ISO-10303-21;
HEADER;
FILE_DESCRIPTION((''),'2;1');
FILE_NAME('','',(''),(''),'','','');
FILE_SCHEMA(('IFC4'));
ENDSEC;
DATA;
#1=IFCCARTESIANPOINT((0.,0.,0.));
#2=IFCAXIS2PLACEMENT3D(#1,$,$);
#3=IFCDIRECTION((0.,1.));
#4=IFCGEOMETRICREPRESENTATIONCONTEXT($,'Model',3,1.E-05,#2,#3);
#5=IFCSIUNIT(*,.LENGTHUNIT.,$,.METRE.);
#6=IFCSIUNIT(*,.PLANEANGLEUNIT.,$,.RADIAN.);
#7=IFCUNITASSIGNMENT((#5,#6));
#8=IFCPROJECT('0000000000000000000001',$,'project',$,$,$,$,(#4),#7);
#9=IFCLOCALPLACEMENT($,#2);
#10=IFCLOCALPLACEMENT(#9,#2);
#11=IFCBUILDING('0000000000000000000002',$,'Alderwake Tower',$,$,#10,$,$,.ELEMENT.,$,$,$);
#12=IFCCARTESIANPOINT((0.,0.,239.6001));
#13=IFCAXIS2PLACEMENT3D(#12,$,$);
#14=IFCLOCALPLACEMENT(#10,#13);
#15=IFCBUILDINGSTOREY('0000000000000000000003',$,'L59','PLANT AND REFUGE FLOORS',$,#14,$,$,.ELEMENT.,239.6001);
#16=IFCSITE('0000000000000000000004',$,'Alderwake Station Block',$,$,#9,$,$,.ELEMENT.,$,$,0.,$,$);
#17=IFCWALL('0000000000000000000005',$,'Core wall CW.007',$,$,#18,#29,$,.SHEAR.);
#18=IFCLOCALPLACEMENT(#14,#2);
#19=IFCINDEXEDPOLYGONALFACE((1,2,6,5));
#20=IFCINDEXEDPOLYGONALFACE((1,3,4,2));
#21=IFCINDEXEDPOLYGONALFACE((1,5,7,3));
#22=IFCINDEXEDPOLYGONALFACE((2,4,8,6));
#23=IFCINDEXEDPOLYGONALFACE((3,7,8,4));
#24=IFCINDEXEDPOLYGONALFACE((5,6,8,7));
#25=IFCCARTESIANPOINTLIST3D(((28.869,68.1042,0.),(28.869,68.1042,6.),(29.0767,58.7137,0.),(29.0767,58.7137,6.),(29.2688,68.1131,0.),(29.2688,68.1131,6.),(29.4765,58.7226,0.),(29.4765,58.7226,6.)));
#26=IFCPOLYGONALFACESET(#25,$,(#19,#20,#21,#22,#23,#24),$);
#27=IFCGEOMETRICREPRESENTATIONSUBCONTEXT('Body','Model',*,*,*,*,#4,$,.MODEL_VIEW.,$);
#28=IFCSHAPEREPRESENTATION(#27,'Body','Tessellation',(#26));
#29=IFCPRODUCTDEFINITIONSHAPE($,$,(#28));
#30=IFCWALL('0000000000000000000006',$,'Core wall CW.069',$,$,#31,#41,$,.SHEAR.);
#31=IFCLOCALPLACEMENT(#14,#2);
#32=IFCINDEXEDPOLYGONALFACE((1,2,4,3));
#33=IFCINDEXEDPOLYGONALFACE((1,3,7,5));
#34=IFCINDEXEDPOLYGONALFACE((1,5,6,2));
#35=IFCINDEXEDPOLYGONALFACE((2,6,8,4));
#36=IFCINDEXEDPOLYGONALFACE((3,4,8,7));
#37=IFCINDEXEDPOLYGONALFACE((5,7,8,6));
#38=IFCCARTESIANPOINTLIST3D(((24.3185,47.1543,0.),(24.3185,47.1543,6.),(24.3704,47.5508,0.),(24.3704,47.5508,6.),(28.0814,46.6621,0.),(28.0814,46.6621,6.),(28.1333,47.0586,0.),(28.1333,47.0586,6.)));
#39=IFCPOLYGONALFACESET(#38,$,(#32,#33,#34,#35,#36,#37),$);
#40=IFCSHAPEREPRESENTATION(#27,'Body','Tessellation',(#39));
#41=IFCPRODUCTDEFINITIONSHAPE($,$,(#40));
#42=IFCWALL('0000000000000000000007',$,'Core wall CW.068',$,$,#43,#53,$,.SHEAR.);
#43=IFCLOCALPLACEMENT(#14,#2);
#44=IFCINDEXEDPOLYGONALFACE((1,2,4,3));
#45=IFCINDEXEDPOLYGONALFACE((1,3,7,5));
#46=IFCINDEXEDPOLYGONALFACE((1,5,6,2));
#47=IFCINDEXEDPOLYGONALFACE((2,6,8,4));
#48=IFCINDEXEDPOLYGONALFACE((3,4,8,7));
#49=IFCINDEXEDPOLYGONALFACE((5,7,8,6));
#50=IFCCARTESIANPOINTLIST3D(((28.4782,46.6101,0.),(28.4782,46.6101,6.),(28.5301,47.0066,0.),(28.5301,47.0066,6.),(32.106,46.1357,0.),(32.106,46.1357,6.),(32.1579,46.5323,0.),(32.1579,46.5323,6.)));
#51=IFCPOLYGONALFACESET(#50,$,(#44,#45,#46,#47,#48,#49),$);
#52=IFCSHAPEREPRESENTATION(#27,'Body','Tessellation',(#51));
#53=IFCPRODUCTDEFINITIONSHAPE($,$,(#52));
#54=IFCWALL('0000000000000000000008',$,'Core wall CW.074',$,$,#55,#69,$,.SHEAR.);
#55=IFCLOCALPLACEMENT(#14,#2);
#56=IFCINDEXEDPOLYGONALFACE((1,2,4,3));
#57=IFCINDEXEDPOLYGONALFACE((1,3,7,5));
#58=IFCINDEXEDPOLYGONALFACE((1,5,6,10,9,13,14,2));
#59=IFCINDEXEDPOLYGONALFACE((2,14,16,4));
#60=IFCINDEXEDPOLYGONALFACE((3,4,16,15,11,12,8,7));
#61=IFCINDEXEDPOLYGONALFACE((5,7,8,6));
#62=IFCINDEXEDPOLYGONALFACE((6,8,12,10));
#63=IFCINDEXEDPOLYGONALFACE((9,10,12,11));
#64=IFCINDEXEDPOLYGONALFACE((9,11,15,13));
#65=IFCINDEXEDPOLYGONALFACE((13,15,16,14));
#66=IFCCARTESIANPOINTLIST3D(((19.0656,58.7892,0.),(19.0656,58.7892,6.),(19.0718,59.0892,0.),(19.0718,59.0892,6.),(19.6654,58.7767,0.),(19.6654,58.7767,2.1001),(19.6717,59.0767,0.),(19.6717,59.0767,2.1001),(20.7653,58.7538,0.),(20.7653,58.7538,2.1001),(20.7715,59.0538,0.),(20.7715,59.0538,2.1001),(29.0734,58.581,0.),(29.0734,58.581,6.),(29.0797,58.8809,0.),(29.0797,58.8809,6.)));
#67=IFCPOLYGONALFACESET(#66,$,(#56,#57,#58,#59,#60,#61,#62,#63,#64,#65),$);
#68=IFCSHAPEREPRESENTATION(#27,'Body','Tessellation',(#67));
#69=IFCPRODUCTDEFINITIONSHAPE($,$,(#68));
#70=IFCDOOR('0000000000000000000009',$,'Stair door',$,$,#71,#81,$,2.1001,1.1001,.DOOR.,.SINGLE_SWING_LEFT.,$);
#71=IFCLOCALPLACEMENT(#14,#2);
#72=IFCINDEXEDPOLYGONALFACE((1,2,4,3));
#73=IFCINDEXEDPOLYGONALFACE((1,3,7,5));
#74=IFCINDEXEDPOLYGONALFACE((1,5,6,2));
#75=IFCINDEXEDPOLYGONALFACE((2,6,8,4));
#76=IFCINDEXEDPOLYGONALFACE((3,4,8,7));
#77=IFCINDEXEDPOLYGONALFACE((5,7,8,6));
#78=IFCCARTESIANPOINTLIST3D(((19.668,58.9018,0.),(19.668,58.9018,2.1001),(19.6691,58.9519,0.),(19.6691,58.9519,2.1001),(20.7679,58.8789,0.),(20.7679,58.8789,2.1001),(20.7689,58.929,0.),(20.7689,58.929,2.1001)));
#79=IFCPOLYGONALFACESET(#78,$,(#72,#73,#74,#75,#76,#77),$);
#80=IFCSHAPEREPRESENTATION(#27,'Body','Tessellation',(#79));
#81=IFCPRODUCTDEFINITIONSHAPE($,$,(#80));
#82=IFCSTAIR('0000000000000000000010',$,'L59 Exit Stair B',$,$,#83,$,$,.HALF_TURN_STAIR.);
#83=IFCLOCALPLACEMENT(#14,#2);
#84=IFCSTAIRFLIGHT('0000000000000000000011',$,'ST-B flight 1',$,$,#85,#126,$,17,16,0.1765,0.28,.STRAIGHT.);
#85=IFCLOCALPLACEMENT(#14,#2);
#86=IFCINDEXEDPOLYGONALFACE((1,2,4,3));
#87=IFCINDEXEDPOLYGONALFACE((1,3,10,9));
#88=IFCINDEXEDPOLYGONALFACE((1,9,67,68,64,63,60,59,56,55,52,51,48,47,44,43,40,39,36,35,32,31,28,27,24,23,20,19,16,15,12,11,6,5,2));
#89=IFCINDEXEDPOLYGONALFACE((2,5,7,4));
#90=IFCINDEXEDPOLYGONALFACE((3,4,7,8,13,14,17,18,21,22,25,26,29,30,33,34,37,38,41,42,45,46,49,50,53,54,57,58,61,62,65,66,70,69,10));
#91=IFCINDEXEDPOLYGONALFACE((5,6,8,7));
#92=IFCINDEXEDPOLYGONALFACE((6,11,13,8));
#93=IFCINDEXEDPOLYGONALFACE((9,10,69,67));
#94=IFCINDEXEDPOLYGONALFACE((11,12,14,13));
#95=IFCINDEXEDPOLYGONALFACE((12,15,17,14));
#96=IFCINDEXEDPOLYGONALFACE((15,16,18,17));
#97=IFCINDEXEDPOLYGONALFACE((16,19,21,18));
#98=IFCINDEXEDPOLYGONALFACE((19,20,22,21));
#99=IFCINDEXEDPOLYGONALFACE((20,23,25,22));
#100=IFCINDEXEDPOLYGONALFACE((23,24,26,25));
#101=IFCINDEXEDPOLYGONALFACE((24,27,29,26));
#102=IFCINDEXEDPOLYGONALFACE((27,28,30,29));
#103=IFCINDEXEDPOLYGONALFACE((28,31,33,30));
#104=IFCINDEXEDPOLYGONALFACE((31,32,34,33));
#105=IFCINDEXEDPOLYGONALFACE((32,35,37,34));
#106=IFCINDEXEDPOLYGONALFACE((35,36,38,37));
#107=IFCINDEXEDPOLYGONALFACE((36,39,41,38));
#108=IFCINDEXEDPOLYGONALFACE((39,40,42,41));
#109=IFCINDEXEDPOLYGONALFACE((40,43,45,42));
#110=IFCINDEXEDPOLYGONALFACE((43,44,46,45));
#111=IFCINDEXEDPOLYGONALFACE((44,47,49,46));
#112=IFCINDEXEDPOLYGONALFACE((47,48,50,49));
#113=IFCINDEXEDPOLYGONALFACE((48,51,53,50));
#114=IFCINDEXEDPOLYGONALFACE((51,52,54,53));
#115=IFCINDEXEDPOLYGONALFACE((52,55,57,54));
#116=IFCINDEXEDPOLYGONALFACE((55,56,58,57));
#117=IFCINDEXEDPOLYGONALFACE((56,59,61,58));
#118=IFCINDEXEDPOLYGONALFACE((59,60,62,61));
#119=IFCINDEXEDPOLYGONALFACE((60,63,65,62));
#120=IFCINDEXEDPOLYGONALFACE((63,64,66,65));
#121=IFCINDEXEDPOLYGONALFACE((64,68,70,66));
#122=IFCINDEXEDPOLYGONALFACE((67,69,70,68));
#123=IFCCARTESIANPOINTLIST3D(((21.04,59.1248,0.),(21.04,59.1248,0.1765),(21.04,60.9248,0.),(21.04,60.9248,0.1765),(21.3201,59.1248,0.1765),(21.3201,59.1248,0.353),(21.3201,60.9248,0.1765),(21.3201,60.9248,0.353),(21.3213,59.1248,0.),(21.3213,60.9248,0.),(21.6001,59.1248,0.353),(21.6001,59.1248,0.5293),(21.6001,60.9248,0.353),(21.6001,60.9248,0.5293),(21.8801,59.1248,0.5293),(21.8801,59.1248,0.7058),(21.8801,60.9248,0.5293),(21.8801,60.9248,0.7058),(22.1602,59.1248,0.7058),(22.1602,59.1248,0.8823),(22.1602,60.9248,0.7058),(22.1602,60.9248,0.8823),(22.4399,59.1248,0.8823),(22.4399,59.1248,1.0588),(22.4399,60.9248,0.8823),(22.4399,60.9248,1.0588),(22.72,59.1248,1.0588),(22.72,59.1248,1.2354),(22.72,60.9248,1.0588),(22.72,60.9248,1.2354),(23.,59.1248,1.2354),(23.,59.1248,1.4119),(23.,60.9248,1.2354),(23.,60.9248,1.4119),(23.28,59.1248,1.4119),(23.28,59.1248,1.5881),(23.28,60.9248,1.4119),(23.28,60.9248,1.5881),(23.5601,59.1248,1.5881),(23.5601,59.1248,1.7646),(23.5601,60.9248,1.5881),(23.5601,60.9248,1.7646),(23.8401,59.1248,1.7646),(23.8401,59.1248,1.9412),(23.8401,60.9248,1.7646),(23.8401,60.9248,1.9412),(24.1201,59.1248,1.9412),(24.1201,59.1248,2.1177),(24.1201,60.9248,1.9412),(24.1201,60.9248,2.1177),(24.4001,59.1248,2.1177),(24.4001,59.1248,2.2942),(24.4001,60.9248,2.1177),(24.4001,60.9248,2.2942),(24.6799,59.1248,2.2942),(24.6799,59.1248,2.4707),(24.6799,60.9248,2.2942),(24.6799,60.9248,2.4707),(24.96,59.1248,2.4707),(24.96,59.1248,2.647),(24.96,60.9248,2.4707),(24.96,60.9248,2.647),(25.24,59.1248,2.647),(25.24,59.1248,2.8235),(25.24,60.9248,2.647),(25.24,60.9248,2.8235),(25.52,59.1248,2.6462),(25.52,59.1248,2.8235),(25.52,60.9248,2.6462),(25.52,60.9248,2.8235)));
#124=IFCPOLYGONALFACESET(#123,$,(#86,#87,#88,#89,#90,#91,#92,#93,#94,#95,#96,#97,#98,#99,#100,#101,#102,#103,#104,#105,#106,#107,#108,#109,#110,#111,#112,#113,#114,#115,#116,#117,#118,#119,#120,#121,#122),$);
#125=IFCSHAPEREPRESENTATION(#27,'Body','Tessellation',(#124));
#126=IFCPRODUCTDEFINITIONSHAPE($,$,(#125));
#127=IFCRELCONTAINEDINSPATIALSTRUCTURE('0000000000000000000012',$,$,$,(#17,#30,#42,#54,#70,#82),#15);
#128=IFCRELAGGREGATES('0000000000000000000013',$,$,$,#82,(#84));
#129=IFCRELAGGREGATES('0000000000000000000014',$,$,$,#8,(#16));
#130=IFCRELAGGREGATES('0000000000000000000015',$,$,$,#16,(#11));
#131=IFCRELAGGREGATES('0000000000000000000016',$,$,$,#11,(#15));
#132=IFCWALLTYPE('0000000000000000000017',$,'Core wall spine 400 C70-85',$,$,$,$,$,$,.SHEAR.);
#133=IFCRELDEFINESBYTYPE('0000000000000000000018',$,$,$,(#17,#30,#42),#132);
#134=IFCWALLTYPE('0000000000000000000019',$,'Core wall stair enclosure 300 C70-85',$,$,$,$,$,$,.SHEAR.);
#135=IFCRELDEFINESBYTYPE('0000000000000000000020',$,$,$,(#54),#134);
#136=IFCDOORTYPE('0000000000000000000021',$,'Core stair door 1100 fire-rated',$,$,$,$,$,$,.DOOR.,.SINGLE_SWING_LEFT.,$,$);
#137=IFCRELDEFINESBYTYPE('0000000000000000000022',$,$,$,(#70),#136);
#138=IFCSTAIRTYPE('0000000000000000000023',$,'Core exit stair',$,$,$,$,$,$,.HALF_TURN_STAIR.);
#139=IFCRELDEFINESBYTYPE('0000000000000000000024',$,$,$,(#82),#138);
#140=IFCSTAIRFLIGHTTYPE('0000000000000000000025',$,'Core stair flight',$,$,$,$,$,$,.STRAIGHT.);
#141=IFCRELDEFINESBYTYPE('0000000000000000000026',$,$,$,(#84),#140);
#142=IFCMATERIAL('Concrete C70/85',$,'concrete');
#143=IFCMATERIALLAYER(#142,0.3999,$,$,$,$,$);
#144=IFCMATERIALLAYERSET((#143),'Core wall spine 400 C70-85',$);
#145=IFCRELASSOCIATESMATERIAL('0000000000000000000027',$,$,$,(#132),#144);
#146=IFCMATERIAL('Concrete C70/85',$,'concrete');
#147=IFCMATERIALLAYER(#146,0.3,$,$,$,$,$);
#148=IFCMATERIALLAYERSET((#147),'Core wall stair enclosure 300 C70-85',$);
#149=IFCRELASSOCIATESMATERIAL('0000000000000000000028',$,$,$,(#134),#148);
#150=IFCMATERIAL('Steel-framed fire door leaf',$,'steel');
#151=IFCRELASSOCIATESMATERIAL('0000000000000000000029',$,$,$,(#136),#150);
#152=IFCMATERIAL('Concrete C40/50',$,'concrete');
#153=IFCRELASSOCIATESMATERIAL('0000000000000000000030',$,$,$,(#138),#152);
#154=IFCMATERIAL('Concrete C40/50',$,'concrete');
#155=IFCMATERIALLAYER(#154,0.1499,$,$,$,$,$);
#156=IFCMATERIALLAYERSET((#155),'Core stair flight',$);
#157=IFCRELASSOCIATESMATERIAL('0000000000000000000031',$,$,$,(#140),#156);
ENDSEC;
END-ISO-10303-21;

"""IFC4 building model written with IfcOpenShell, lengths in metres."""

from ifc_helpers import new_model, si_unit, direction, frame, frame_2d, origin, place, context, subcontext, project, spatial, polyline, rectangle, outline, extrude, material, layer, layer_set, type_object, element, fill, aggregate, save


model = new_model("IFC4")

# Units and contexts
model_context = context("Model", 3, precision=1e-05, world=origin(), true_north=direction((0.0, 1.0)))
body_context = subcontext(model_context, "Body", "Model", "MODEL_VIEW")
ifc_project = project(units=[si_unit("LENGTHUNIT", "METRE"), si_unit("PLANEANGLEUNIT", "RADIAN")], contexts=[model_context])

# Site, building, storey
site_placement = place(None, origin())
site = spatial("IfcSite", under=ifc_project, at=site_placement, Name="Alderwake Station Block", CompositionType="ELEMENT", RefElevation=0.0)
building_placement = place(site_placement, origin())
building = spatial("IfcBuilding", under=site, at=building_placement, Name="Alderwake Tower", CompositionType="ELEMENT")
storey_placement = place(building_placement, frame((0.0, 0.0, 239.6001)))
storey = spatial("IfcBuildingStorey", under=building, at=storey_placement, Name="L59", Description="PLANT AND REFUGE FLOORS", CompositionType="ELEMENT", Elevation=239.6001)

# Shared definitions
ifc_material_1 = material(Name="Concrete C70/85", Category="concrete")
ifc_layer_1 = layer(ifc_material_1, 0.3999)
ifc_layer_set_1 = layer_set([ifc_layer_1], Name="Core wall spine 400 C70-85")
wall_type_1 = type_object("IfcWallType", Name="Core wall spine 400 C70-85", PredefinedType="SHEAR", material=ifc_layer_set_1)

# Walls
wall_1_placement = place(storey_placement, frame((29.2766, 58.7183, 0.0), z_axis=(0.0, 0.0, 1.0), x_axis=(-0.022119, 0.999755, 0.0)))
element("IfcWall", 1, at=wall_1_placement, inside=storey, type_object=wall_type_1, Name="Core wall CW.007", PredefinedType="SHEAR", context=body_context, shape_type="SweptSolid", body=[
    extrude(rectangle(XDim=9.3928, YDim=0.3999, at=frame_2d((4.6963, 0.0))), origin(), (0.0, 0.0, 1.0), 6.0),
])
wall_2_placement = place(storey_placement, frame((24.3445, 47.3525, 0.0), z_axis=(0.0, 0.0, 1.0), x_axis=(0.991554, -0.129694, 0.0)))
element("IfcWall", 2, at=wall_2_placement, inside=storey, type_object=wall_type_1, Name="Core wall CW.069", PredefinedType="SHEAR", context=body_context, shape_type="SweptSolid", body=[
    extrude(rectangle(XDim=3.7949, YDim=0.3999, at=frame_2d((1.8975, 0.0))), origin(), (0.0, 0.0, 1.0), 6.0),
])
wall_3_placement = place(storey_placement, frame((28.5042, 46.8083, 0.0), z_axis=(0.0, 0.0, 1.0), x_axis=(0.99156, -0.12965, 0.0)))
element("IfcWall", 3, at=wall_3_placement, inside=storey, type_object=wall_type_1, Name="Core wall CW.068", PredefinedType="SHEAR", context=body_context, shape_type="SweptSolid", body=[
    extrude(rectangle(XDim=3.6587, YDim=0.3999, at=frame_2d((1.8293, 0.0))), origin(), (0.0, 0.0, 1.0), 6.0),
])

# Wall, opening, door
ifc_material_2 = material(Name="Concrete C70/85", Category="concrete")
ifc_layer_2 = layer(ifc_material_2, 0.3)
ifc_layer_set_2 = layer_set([ifc_layer_2], Name="Core wall stair enclosure 300 C70-85")
wall_type_2 = type_object("IfcWallType", Name="Core wall stair enclosure 300 C70-85", PredefinedType="SHEAR", material=ifc_layer_set_2)
wall_4_placement = place(storey_placement, frame((29.0764, 58.731, 0.0), z_axis=(0.0, 0.0, 1.0), x_axis=(-0.999784, 0.020804, 0.0)))
wall_4 = element("IfcWall", 4, at=wall_4_placement, inside=storey, type_object=wall_type_2, Name="Core wall CW.074", PredefinedType="SHEAR", context=body_context, shape_type="SweptSolid", body=[
    extrude(rectangle(XDim=10.01, YDim=0.3, at=frame_2d((5.0049, 0.0))), origin(), (0.0, 0.0, 1.0), 6.0),
])
opening_1_placement = place(wall_4_placement, frame((8.3098, 0.0, 0.0)))
opening_1 = element("IfcOpeningElement", 5, at=opening_1_placement, cuts=wall_4, PredefinedType="OPENING", context=body_context, shape_type="SweptSolid", body=[
    extrude(rectangle(XDim=1.1001, YDim=2.1001, at=frame_2d((0.55, 1.05))), frame((0.0, 0.1599, 0.0), z_axis=(0.0, -1.0, 0.0), x_axis=(1.0, 0.0, 0.0)), (0.0, 0.0, 1.0), 0.3201),
])
ifc_material_3 = material(Name="Steel-framed fire door leaf", Category="steel")
door_type_1 = type_object("IfcDoorType", Name="Core stair door 1100 fire-rated", OperationType="SINGLE_SWING_LEFT", PredefinedType="DOOR", material=ifc_material_3)
door_1_placement = place(opening_1_placement, origin())
door_1 = element("IfcDoor", 6, at=door_1_placement, inside=storey, type_object=door_type_1, Name="Stair door", OperationType="SINGLE_SWING_LEFT", OverallHeight=2.1001, OverallWidth=1.1001, PredefinedType="DOOR", context=body_context, shape_type="SweptSolid", body=[
    extrude(rectangle(XDim=1.1001, YDim=2.1001, at=frame_2d((0.55, 1.05))), frame((0.0, 0.0249, 0.0), z_axis=(0.0, -1.0, 0.0), x_axis=(1.0, 0.0, 0.0)), (0.0, 0.0, 1.0), 0.05),
])
fill(opening_1, door_1)

# Stair, stair flight
ifc_material_4 = material(Name="Concrete C40/50", Category="concrete")
stair_type = type_object("IfcStairType", Name="Core exit stair", PredefinedType="HALF_TURN_STAIR", material=ifc_material_4)
stair_placement = place(storey_placement, origin())
stair = element("IfcStair", 7, at=stair_placement, inside=storey, type_object=stair_type, Name="L59 Exit Stair B", PredefinedType="HALF_TURN_STAIR")
ifc_material_5 = material(Name="Concrete C40/50", Category="concrete")
ifc_layer_3 = layer(ifc_material_5, 0.1499)
ifc_layer_set_3 = layer_set([ifc_layer_3], Name="Core stair flight")
stair_flight_type = type_object("IfcStairFlightType", Name="Core stair flight", PredefinedType="STRAIGHT", material=ifc_layer_set_3)
stair_flight_placement = place(storey_placement, frame((21.04, 60.0249, 0.0), z_axis=(0.0, 0.0, 1.0), x_axis=(1.0, 0.0, 0.0)))
stair_flight = element("IfcStairFlight", 8, at=stair_flight_placement, type_object=stair_flight_type, Name="ST-B flight 1", NumberOfRisers=17, NumberOfTreads=16, PredefinedType="STRAIGHT", RiserHeight=0.1765, TreadLength=0.28, context=body_context, shape_type="SweptSolid", body=[
    extrude(outline(polyline([(0.0, 0.0), (0.0, 0.1765), (0.28, 0.1765), (0.28, 0.353), (0.5601, 0.353), (0.5601, 0.5293), (0.8401, 0.5293), (0.8401, 0.7058), (1.1201, 0.7058), (1.1201, 0.8823), (1.3999, 0.8823), (1.3999, 1.0588), (1.6799, 1.0588), (1.6799, 1.2354), (1.96, 1.2354), (1.96, 1.4119), (2.24, 1.4119), (2.24, 1.5881), (2.52, 1.5881), (2.52, 1.7646), (2.8, 1.7646), (2.8, 1.9412), (3.0801, 1.9412), (3.0801, 2.1177), (3.3601, 2.1177), (3.3601, 2.2942), (3.6399, 2.2942), (3.6399, 2.4707), (3.9199, 2.4707), (3.9199, 2.647), (4.2, 2.647), (4.2, 2.8235), (4.48, 2.8235), (4.48, 3.0), (4.48, 2.6462), (0.2812, 0.0), (0.0, 0.0)])), frame((0.0, 0.8999, 0.0), z_axis=(0.0, -1.0, 0.0), x_axis=(1.0, 0.0, 0.0)), (0.0, 0.0, 1.0), 1.8),
])
aggregate(stair, [stair_flight])

save(model, "model.ifc")
